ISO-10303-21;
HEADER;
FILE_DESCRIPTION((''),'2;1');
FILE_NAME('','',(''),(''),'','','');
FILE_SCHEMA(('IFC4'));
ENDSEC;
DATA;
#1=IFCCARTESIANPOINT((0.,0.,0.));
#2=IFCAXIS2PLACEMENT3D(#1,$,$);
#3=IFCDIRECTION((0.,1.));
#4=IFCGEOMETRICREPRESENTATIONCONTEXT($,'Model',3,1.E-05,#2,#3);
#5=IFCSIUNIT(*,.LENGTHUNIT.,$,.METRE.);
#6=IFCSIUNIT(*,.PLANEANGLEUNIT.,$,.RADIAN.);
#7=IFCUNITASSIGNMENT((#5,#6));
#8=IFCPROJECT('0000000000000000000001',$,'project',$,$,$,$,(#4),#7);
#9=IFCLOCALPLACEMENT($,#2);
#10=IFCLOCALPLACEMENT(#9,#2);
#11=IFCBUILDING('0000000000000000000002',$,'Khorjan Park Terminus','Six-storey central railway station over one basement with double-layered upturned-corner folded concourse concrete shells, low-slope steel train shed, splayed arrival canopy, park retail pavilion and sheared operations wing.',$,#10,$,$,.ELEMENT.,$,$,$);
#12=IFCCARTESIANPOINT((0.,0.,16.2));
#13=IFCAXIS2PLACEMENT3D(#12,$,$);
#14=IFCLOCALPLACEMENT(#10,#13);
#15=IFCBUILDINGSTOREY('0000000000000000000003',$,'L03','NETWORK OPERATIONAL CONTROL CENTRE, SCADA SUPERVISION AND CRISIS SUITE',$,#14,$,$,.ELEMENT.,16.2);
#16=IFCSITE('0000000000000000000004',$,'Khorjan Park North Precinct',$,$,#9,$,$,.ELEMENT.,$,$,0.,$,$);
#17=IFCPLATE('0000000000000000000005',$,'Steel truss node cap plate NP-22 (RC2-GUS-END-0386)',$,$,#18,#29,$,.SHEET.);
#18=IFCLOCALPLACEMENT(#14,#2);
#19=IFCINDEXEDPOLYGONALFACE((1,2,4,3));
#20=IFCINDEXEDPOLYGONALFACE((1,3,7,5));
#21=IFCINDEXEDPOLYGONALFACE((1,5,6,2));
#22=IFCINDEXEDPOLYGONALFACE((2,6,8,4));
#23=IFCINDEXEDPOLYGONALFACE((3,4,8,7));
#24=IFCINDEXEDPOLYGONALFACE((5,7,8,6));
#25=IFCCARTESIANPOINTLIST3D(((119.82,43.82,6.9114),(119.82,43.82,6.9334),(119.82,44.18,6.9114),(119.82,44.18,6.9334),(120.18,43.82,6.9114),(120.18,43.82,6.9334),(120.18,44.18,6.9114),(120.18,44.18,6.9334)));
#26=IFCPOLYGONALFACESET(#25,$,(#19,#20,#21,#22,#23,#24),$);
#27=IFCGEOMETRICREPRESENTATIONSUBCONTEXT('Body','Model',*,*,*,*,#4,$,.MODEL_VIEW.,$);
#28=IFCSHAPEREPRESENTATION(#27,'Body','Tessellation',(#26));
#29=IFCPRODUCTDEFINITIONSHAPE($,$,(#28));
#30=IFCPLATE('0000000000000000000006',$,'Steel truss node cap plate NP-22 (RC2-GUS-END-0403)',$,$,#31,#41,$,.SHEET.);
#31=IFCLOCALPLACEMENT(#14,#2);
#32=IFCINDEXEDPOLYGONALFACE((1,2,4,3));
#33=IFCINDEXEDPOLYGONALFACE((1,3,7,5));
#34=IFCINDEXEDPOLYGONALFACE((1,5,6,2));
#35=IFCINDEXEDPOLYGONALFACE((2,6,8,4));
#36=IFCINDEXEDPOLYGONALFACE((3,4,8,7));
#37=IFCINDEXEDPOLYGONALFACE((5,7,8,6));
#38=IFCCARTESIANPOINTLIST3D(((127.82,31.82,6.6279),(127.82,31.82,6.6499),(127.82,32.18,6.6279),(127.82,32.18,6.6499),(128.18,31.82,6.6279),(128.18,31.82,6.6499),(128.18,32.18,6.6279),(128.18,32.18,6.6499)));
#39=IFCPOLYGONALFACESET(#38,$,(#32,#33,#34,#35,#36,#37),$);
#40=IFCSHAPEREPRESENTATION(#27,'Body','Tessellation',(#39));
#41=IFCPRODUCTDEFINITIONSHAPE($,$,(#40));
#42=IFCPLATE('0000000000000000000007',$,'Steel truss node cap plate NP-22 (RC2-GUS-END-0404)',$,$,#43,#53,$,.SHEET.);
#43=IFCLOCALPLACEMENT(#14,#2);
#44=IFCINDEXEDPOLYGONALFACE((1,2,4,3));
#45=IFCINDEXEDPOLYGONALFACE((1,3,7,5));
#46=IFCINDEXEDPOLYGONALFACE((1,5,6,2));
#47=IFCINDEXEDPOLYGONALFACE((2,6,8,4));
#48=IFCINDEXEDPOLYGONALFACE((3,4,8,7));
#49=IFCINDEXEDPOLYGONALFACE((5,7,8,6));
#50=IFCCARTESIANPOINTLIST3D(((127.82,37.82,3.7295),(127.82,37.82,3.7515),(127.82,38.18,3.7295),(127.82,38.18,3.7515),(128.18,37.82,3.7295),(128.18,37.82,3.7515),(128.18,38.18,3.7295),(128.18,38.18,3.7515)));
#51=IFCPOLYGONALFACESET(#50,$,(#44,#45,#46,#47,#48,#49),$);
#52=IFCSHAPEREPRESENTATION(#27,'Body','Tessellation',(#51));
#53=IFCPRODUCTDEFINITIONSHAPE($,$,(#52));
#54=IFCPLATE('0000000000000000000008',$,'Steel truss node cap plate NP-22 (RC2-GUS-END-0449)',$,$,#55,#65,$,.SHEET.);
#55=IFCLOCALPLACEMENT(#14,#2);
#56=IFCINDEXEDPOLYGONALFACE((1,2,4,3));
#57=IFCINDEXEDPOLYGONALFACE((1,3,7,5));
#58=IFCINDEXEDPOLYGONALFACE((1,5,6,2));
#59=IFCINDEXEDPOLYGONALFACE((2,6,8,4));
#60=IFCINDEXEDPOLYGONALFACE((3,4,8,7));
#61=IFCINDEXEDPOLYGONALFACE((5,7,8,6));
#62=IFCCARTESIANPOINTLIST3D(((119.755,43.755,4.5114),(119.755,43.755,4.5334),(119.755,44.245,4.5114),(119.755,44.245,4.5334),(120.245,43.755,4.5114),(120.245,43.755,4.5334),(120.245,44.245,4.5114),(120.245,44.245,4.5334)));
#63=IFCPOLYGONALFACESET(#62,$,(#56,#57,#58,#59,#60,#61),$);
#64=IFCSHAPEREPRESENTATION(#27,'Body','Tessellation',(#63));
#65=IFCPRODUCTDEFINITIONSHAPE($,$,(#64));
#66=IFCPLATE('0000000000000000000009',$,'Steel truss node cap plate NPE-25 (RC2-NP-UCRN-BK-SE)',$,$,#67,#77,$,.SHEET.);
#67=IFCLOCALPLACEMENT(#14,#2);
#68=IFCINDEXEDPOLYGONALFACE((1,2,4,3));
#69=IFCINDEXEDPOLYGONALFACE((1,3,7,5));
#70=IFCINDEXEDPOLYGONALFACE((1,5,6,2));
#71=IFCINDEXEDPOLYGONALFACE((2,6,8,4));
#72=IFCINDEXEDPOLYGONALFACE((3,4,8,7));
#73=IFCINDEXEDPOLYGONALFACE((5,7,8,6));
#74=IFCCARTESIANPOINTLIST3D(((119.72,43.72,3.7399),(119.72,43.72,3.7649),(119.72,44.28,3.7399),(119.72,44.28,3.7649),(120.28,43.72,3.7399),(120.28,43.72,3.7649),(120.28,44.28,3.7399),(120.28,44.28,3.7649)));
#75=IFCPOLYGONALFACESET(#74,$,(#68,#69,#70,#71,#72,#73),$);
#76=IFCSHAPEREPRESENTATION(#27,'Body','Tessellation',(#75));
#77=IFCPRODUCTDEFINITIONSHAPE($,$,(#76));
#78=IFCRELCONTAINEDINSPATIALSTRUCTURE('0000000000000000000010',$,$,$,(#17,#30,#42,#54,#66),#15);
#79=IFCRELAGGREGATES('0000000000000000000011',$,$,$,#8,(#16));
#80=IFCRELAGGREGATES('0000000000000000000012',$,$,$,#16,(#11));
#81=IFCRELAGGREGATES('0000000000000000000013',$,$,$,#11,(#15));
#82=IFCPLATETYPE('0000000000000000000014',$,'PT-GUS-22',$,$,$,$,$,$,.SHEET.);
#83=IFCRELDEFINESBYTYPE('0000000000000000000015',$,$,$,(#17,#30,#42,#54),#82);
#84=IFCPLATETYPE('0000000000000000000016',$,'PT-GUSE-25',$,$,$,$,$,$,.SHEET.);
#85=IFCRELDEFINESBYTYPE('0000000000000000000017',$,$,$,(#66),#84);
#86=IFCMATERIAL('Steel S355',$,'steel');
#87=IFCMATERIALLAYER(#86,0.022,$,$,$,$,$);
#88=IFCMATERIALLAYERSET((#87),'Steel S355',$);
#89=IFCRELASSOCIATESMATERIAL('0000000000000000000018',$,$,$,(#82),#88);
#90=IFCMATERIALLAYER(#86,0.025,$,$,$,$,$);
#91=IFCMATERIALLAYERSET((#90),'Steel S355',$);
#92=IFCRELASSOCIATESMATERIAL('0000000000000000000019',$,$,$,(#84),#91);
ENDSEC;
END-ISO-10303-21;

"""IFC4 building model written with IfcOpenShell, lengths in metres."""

from ifc_helpers import new_model, si_unit, direction, frame, origin, origin_2d, place, context, subcontext, project, spatial, rectangle, extrude, material, layer, layer_set, type_object, element, save


model = new_model("IFC4")

# Units and contexts
model_context = context("Model", 3, precision=1e-05, world=origin(), true_north=direction((0.0, 1.0)))
body_context = subcontext(model_context, "Body", "Model", "MODEL_VIEW")
ifc_project = project(units=[si_unit("LENGTHUNIT", "METRE"), si_unit("PLANEANGLEUNIT", "RADIAN")], contexts=[model_context])

# Site, building, storey
site_placement = place(None, origin())
site = spatial("IfcSite", under=ifc_project, at=site_placement, Name="Khorjan Park North Precinct", CompositionType="ELEMENT", RefElevation=0.0)
building_placement = place(site_placement, origin())
building = spatial("IfcBuilding", under=site, at=building_placement, Name="Khorjan Park Terminus", Description="Six-storey central railway station over one basement with double-layered upturned-corner folded concourse concrete shells, low-slope steel train shed, splayed arrival canopy, park retail pavilion and sheared operations wing.", CompositionType="ELEMENT")
storey_placement = place(building_placement, frame((0.0, 0.0, 16.2)))
storey = spatial("IfcBuildingStorey", under=building, at=storey_placement, Name="L03", Description="NETWORK OPERATIONAL CONTROL CENTRE, SCADA SUPERVISION AND CRISIS SUITE", CompositionType="ELEMENT", Elevation=16.2)

# Shared definitions
ifc_material = material(Name="Steel S355", Category="steel")

# Plates
ifc_layer_1 = layer(ifc_material, 0.022)
ifc_layer_set_1 = layer_set([ifc_layer_1], Name="Steel S355")
plate_type_1 = type_object("IfcPlateType", Name="PT-GUS-22", PredefinedType="SHEET", material=ifc_layer_set_1)
for number, where, z_axis, x_axis, name in (
    (1, (120.0, 44.0, 6.9114), (0.0, 0.0, 1.0), (1.0, 0.0, 0.0), "Steel truss node cap plate NP-22 (RC2-GUS-END-0386)"),
    (2, (128.0, 32.0, 6.6279), (0.0, 0.0, 1.0), (1.0, 0.0, 0.0), "Steel truss node cap plate NP-22 (RC2-GUS-END-0403)"),
    (3, (128.0, 38.0, 3.7295), (0.0, 0.0, 1.0), (1.0, 0.0, 0.0), "Steel truss node cap plate NP-22 (RC2-GUS-END-0404)"),
):
    element("IfcPlate", number, at=place(storey_placement, frame(where, z_axis=z_axis, x_axis=x_axis)), inside=storey, type_object=plate_type_1, Name=name, PredefinedType="SHEET", context=body_context, shape_type="SweptSolid", body=[
        extrude(rectangle(XDim=0.36, YDim=0.36, at=origin_2d()), origin(), (0.0, 0.0, 1.0), 0.022),
    ])
plate_1_placement = place(storey_placement, frame((120.0, 44.0, 4.5114), z_axis=(0.0, 0.0, 1.0), x_axis=(1.0, 0.0, 0.0)))
element("IfcPlate", 4, at=plate_1_placement, inside=storey, type_object=plate_type_1, Name="Steel truss node cap plate NP-22 (RC2-GUS-END-0449)", PredefinedType="SHEET", context=body_context, shape_type="SweptSolid", body=[
    extrude(rectangle(XDim=0.49, YDim=0.49, at=origin_2d()), origin(), (0.0, 0.0, 1.0), 0.022),
])
ifc_layer_2 = layer(ifc_material, 0.025)
ifc_layer_set_2 = layer_set([ifc_layer_2], Name="Steel S355")
plate_type_2 = type_object("IfcPlateType", Name="PT-GUSE-25", PredefinedType="SHEET", material=ifc_layer_set_2)
plate_2_placement = place(storey_placement, frame((120.0, 44.0, 3.7399), z_axis=(0.0, 0.0, 1.0), x_axis=(1.0, 0.0, 0.0)))
element("IfcPlate", 5, at=plate_2_placement, inside=storey, type_object=plate_type_2, Name="Steel truss node cap plate NPE-25 (RC2-NP-UCRN-BK-SE)", PredefinedType="SHEET", context=body_context, shape_type="SweptSolid", body=[
    extrude(rectangle(XDim=0.56, YDim=0.56, at=origin_2d()), origin(), (0.0, 0.0, 1.0), 0.025),
])

save(model, "model.ifc")
